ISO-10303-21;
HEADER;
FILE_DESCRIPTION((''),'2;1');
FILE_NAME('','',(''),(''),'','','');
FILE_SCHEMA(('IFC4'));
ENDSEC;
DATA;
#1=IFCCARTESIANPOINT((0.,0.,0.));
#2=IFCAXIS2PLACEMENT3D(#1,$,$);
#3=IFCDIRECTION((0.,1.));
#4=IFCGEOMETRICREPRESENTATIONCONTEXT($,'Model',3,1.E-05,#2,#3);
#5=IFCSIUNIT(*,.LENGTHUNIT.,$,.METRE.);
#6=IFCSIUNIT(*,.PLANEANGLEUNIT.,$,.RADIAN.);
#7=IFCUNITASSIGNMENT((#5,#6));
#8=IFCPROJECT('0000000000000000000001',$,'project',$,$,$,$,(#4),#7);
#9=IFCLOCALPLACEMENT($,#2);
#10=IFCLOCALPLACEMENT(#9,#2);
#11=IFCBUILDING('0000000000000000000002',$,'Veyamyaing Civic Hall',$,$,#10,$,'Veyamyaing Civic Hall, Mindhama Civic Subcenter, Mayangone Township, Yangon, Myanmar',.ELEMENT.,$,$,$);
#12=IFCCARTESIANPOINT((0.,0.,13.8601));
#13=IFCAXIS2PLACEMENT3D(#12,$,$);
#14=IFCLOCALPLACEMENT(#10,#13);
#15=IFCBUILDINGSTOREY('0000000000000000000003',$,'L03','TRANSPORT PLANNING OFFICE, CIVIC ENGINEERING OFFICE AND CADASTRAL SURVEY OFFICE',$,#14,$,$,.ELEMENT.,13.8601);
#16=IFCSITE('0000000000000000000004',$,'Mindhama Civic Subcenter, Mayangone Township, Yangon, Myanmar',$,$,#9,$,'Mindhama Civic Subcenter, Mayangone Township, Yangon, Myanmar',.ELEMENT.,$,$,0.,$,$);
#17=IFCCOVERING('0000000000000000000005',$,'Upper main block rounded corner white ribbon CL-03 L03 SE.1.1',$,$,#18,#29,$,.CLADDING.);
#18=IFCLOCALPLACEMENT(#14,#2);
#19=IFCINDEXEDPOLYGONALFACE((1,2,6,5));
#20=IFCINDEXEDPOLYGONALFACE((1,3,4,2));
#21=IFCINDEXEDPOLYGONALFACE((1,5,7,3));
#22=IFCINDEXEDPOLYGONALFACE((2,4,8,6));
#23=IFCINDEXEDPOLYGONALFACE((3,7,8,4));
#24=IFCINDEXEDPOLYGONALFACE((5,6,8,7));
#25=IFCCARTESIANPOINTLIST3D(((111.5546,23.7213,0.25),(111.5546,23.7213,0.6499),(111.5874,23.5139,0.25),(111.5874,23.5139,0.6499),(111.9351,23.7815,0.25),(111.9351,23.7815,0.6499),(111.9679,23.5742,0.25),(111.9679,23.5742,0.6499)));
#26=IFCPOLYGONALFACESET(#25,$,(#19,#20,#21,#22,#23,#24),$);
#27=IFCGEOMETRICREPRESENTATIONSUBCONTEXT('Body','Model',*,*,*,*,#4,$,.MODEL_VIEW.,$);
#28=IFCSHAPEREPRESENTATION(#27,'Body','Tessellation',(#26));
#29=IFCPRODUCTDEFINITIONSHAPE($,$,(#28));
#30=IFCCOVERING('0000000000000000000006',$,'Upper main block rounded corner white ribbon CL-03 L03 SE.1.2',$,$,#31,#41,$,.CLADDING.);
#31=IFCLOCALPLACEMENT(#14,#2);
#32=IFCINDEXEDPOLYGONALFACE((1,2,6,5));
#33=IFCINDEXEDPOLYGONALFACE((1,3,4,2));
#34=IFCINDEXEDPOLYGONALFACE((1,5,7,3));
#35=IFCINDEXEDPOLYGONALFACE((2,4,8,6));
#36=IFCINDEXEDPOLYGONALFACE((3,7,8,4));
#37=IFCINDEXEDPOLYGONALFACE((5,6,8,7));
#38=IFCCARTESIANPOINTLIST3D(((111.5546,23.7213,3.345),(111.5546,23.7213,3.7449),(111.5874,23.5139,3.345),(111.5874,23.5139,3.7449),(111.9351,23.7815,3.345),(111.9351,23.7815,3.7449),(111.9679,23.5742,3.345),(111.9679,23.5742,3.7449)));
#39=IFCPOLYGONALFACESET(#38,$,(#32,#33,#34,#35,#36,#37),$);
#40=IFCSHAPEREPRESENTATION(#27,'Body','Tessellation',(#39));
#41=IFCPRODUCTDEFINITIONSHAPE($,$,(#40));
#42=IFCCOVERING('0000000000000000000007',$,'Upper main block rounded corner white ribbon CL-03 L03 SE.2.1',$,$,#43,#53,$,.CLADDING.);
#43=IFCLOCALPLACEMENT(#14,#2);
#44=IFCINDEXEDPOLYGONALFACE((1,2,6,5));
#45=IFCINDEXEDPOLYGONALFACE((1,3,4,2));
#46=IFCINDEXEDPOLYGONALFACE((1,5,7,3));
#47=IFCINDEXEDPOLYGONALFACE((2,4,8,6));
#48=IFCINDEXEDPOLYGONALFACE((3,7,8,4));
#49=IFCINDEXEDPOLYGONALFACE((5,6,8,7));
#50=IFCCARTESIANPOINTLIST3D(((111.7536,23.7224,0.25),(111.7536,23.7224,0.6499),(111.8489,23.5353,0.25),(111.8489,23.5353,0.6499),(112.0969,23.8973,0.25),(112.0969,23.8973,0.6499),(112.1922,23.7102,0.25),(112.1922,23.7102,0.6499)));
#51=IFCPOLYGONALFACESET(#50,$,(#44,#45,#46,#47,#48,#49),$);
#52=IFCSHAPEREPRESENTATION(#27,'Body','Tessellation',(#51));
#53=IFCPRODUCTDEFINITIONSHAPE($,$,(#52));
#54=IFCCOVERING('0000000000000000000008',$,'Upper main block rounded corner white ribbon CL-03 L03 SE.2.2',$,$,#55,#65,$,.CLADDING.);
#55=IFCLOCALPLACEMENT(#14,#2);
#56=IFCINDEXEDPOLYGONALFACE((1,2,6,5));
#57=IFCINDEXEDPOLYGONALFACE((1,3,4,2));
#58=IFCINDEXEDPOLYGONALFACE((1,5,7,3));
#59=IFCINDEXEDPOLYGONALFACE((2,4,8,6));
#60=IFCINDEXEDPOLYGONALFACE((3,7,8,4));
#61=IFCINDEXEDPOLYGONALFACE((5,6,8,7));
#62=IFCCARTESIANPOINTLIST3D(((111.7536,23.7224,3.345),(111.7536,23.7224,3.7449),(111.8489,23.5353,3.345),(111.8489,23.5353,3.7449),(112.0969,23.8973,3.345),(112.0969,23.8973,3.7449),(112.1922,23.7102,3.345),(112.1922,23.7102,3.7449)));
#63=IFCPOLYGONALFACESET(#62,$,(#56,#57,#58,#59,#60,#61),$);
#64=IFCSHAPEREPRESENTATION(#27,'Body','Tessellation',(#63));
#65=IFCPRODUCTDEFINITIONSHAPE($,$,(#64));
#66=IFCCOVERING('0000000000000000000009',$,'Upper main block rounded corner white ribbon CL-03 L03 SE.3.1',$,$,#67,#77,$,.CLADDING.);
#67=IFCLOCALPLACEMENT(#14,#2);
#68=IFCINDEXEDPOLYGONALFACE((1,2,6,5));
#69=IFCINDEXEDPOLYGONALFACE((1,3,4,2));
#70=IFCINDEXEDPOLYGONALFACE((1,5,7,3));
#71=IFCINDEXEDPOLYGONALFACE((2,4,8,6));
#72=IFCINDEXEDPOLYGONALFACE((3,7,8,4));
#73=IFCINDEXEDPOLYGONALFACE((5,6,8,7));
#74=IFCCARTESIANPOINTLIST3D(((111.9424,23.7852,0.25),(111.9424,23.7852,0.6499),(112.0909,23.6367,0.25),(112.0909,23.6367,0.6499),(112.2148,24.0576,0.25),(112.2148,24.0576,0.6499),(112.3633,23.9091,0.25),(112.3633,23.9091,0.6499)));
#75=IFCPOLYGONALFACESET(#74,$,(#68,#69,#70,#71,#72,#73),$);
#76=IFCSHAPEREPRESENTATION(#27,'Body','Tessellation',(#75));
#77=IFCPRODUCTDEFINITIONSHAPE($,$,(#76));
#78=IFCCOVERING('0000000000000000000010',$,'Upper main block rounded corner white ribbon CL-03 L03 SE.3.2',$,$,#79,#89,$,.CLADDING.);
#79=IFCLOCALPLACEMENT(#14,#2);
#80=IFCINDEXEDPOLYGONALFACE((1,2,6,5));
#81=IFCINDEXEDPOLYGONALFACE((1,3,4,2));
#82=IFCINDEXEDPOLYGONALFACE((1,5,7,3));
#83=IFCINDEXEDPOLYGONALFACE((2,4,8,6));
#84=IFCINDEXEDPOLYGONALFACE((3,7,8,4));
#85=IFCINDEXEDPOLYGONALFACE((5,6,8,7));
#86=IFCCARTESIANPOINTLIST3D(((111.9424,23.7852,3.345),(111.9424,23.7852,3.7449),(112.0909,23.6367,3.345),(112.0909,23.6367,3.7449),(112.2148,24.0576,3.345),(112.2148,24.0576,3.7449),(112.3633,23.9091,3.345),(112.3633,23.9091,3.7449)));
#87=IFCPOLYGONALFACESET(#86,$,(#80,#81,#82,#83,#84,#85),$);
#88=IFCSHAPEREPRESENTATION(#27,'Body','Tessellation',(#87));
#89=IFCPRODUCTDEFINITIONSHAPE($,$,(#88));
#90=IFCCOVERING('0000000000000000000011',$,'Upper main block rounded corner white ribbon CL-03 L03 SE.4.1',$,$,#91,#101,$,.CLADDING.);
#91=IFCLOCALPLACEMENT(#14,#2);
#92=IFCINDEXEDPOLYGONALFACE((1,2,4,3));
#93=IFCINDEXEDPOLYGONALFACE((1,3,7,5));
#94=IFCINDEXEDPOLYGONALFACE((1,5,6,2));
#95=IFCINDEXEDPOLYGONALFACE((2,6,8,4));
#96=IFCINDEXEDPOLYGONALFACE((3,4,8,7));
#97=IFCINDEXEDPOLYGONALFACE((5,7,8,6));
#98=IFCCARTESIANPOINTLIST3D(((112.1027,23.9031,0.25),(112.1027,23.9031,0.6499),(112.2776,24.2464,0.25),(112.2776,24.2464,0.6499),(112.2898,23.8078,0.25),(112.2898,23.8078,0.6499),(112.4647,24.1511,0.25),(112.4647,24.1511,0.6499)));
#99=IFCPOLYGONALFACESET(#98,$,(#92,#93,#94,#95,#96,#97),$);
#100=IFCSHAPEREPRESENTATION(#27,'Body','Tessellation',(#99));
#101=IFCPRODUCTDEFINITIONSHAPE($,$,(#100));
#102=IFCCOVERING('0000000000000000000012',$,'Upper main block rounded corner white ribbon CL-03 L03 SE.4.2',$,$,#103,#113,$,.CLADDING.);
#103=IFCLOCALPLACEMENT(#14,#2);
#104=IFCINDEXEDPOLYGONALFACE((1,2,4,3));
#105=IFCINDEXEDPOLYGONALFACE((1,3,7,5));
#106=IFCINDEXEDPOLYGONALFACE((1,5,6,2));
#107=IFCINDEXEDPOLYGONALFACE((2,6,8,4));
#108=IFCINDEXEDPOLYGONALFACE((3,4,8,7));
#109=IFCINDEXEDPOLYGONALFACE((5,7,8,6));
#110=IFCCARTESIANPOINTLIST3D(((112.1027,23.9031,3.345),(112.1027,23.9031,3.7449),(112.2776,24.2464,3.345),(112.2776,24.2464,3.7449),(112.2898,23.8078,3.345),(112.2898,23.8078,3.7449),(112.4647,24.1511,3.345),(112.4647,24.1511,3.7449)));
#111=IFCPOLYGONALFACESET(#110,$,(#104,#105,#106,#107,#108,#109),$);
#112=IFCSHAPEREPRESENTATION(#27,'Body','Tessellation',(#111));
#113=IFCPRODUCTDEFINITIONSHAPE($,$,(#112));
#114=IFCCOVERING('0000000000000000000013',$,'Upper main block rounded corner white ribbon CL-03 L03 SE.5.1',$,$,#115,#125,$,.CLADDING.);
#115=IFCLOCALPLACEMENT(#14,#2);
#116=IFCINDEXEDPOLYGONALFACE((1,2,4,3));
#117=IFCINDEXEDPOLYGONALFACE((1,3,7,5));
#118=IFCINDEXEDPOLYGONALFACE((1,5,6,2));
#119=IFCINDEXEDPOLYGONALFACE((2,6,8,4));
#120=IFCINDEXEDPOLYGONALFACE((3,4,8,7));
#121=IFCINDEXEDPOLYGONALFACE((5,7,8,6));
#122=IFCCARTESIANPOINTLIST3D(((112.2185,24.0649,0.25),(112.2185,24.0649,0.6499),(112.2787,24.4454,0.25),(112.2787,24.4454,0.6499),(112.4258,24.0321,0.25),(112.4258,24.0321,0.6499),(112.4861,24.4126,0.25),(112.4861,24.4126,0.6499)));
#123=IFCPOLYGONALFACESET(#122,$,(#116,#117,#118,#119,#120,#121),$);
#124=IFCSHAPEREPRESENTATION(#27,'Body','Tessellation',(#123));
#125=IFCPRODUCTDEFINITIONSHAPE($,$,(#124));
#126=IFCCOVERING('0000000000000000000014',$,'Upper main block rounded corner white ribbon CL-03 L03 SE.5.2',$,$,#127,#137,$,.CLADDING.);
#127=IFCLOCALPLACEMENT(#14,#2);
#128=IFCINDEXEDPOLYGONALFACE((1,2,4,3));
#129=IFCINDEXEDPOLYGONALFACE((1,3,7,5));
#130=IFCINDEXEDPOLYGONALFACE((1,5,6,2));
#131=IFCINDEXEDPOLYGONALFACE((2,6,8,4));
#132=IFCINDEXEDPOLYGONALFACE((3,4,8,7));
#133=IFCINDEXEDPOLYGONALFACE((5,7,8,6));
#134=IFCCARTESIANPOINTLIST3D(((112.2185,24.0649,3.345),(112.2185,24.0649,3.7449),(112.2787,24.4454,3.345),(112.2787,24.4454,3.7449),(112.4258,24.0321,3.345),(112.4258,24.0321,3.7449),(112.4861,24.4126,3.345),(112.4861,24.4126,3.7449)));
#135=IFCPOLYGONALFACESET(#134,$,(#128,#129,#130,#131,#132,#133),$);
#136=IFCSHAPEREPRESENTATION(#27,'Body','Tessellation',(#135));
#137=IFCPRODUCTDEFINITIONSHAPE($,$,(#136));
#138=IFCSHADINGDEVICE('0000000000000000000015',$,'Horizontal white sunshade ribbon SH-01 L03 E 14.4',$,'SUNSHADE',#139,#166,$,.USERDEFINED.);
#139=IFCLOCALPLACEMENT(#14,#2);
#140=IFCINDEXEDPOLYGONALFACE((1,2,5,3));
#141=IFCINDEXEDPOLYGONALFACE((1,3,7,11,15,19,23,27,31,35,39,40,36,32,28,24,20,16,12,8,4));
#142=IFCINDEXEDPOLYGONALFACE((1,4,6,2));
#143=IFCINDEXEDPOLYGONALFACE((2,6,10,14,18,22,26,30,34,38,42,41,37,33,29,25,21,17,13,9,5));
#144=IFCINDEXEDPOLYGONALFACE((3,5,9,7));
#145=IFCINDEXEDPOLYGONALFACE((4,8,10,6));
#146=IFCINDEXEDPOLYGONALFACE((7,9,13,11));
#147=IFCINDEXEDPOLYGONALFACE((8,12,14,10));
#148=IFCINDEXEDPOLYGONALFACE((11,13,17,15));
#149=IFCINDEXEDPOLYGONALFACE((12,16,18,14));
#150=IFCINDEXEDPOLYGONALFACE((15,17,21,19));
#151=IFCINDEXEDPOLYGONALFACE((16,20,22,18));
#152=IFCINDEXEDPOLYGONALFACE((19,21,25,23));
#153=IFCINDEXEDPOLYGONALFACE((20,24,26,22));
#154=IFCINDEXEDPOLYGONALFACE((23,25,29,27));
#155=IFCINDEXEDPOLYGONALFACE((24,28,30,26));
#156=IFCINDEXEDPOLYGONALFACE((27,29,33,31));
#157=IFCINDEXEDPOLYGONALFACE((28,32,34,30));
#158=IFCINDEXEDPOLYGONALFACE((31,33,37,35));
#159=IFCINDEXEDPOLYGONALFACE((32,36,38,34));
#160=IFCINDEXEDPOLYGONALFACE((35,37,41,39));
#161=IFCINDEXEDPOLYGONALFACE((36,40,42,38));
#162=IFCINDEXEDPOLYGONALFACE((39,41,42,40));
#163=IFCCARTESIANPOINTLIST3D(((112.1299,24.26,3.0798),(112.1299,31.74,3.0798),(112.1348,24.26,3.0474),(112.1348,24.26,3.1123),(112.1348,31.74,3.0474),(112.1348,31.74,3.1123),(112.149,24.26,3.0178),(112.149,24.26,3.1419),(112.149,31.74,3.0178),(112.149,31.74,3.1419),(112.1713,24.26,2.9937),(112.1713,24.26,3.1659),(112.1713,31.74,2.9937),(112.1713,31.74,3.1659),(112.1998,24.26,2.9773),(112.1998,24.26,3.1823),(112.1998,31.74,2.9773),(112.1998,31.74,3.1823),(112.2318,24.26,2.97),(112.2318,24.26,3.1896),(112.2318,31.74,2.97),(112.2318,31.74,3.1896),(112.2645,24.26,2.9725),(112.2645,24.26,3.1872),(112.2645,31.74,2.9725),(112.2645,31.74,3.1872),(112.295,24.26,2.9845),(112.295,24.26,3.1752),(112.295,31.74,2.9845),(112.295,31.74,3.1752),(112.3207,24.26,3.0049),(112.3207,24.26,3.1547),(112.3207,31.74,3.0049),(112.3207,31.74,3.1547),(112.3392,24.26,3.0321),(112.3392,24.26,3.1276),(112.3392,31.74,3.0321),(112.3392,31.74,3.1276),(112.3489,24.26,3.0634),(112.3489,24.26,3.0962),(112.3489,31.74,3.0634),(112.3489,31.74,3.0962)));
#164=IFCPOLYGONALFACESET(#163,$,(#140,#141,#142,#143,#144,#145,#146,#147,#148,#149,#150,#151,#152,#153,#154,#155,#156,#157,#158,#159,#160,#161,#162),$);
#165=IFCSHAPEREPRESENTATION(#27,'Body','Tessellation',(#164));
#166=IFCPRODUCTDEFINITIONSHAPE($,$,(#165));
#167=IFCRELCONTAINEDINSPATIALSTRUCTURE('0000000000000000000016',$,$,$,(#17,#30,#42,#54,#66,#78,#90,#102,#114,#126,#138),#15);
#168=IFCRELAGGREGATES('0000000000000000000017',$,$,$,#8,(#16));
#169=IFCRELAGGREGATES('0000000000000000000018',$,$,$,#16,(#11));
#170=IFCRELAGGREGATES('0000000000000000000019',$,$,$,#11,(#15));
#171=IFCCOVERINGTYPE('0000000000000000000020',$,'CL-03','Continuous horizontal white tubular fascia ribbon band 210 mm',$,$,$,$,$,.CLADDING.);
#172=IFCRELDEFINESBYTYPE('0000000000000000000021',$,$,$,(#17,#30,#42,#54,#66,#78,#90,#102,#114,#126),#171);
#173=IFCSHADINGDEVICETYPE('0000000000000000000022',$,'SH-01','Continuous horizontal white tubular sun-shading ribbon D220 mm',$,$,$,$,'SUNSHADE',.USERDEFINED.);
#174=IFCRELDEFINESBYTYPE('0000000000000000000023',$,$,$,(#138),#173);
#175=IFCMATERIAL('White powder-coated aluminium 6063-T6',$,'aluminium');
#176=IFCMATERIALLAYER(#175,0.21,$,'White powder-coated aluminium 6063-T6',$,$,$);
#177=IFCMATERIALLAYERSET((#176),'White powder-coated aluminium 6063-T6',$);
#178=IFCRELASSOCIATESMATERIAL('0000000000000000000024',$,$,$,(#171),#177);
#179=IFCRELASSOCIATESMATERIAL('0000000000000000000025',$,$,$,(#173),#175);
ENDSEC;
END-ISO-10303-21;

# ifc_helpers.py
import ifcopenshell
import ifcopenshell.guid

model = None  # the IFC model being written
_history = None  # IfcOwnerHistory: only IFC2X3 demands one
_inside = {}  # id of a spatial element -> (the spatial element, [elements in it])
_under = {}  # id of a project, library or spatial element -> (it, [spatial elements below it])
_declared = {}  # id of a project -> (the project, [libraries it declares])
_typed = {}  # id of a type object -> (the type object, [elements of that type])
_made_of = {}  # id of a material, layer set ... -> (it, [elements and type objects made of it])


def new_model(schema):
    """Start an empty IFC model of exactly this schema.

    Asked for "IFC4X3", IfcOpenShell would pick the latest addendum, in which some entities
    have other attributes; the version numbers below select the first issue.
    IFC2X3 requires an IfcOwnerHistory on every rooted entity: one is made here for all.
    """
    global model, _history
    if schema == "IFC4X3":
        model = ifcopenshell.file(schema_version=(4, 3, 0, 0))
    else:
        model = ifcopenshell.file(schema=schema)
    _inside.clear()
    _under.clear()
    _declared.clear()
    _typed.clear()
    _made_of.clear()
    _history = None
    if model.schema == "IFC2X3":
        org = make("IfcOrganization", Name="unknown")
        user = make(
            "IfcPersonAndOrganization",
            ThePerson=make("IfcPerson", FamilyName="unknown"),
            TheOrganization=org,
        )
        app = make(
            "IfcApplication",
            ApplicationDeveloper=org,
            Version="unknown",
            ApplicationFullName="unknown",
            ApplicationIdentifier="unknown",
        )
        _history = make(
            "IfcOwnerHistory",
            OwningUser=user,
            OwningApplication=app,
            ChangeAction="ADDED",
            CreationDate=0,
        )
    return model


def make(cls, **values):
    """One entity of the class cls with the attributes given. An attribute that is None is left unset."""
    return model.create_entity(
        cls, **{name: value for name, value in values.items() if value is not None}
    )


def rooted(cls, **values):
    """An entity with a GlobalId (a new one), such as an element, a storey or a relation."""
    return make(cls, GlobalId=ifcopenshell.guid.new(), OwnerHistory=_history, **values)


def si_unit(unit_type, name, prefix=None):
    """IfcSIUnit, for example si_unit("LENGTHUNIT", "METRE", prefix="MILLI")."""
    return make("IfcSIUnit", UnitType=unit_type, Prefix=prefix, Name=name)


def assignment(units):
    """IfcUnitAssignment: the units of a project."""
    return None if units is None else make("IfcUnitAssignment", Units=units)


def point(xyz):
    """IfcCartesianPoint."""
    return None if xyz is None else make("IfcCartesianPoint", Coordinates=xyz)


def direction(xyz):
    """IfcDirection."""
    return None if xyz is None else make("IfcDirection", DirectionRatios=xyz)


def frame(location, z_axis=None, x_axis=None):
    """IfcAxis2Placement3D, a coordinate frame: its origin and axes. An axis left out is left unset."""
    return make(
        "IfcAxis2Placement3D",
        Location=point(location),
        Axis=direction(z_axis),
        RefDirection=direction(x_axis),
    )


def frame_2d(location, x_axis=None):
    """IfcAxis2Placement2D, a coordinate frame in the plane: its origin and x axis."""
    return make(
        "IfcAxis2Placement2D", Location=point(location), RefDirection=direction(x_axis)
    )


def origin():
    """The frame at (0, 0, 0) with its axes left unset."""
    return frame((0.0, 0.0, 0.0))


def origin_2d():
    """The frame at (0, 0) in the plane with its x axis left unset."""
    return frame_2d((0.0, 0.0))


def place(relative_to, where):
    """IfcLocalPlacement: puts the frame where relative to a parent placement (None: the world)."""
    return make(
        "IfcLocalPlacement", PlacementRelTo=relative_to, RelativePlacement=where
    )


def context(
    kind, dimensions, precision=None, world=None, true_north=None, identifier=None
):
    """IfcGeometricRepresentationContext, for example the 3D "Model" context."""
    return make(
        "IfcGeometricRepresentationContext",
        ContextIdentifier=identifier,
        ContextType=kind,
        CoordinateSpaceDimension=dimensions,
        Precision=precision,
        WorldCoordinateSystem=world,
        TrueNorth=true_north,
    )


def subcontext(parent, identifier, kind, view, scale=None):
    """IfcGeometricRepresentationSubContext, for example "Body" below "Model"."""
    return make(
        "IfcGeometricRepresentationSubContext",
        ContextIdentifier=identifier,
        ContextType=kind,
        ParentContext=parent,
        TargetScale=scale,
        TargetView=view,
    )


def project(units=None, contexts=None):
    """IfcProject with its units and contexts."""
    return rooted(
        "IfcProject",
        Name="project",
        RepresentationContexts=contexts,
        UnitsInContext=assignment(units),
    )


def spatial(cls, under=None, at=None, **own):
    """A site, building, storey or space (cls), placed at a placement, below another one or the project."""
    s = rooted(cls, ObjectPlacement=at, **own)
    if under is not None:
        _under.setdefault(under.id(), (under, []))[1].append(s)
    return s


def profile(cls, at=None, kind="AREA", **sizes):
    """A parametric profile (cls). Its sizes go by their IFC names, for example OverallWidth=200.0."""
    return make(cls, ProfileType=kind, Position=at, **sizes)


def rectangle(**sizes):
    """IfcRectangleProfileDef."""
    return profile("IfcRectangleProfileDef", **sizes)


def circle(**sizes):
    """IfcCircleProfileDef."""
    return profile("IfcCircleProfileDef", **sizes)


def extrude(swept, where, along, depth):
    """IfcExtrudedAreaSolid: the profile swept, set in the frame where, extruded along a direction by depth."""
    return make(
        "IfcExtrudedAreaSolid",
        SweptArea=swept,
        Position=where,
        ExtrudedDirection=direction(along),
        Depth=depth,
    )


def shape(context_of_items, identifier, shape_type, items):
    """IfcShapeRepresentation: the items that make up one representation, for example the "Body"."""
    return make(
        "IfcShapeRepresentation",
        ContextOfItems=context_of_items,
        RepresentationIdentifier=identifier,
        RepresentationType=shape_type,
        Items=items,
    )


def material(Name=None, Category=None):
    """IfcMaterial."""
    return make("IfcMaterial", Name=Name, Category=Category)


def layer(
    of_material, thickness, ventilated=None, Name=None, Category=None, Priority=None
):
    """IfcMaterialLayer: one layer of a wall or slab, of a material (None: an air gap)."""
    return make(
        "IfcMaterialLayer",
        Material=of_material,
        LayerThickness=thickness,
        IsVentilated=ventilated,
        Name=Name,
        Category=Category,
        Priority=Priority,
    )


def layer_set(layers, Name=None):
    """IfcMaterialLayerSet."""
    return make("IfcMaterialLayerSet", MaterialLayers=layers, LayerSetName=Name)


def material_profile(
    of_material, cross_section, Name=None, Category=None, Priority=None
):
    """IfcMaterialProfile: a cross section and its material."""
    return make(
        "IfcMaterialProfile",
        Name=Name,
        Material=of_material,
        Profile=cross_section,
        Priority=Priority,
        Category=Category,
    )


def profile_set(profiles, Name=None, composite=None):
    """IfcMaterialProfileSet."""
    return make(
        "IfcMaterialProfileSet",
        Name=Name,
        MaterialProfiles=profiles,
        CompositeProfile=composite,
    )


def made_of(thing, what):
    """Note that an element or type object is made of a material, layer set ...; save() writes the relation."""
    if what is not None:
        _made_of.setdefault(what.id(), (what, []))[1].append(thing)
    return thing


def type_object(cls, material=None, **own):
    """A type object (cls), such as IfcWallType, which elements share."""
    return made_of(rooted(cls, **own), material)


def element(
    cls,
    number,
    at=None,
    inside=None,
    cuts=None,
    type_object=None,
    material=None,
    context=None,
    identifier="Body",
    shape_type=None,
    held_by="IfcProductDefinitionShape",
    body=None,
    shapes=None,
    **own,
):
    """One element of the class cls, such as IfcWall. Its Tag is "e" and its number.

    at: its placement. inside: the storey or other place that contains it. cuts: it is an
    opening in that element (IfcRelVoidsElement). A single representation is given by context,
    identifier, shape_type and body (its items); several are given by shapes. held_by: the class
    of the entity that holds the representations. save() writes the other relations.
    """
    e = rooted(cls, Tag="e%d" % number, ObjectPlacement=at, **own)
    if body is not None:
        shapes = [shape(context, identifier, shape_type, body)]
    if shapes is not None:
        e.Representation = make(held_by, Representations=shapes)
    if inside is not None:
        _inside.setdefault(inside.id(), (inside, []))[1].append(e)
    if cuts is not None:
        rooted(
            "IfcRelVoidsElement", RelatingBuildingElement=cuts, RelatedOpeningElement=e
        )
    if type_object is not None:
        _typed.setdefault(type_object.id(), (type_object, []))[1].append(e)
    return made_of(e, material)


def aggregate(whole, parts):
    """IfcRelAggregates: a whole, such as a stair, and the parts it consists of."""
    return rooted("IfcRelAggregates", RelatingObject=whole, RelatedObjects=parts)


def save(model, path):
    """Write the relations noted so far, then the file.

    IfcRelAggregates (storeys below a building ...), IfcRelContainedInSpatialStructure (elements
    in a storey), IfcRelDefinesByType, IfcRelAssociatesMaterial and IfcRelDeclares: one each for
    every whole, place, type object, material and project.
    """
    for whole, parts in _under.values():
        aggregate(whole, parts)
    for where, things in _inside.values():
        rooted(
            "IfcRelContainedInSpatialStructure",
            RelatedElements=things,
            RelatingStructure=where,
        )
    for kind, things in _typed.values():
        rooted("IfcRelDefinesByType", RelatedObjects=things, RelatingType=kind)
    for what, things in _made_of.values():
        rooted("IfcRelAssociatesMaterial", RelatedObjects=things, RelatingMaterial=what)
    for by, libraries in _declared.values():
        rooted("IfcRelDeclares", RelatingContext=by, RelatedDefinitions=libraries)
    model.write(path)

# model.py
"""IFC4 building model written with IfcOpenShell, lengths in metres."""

from ifc_helpers import new_model, si_unit, direction, frame, origin, origin_2d, place, context, subcontext, project, spatial, rectangle, circle, extrude, material, layer, layer_set, material_profile, profile_set, type_object, element, save


model = new_model("IFC4")

# Units and contexts
model_context = context("Model", 3, precision=1e-05, world=origin(), true_north=direction((0.0, 1.0)))
body_context = subcontext(model_context, "Body", "Model", "MODEL_VIEW")
ifc_project = project(units=[si_unit("LENGTHUNIT", "METRE"), si_unit("PLANEANGLEUNIT", "RADIAN")], contexts=[model_context])

# Site, building, storey
site_placement = place(None, origin())
site = spatial("IfcSite", under=ifc_project, at=site_placement, Name="Mindhama Civic Subcenter, Mayangone Township, Yangon, Myanmar", LongName="Mindhama Civic Subcenter, Mayangone Township, Yangon, Myanmar", CompositionType="ELEMENT", RefElevation=0.0)
building_placement = place(site_placement, origin())
building = spatial("IfcBuilding", under=site, at=building_placement, Name="Veyamyaing Civic Hall", LongName="Veyamyaing Civic Hall, Mindhama Civic Subcenter, Mayangone Township, Yangon, Myanmar", CompositionType="ELEMENT")
storey_placement = place(building_placement, frame((0.0, 0.0, 13.8601)))
storey = spatial("IfcBuildingStorey", under=building, at=storey_placement, Name="L03", Description="TRANSPORT PLANNING OFFICE, CIVIC ENGINEERING OFFICE AND CADASTRAL SURVEY OFFICE", CompositionType="ELEMENT", Elevation=13.8601)

# Coverings
ifc_material_1 = material(Name="White powder-coated aluminium 6063-T6", Category="aluminium")
ifc_layer_1 = layer(ifc_material_1, 0.21, Name="White powder-coated aluminium 6063-T6")
ifc_layer_set_1 = layer_set([ifc_layer_1], Name="White powder-coated aluminium 6063-T6")
covering_type = type_object("IfcCoveringType", Name="CL-03", Description="Continuous horizontal white tubular fascia ribbon band 210 mm", PredefinedType="CLADDING", material=ifc_layer_set_1)
for number, where, z_axis, x_axis, name in (
    (1, (111.7612, 23.6477, 0.25), (0.0, 0.0, 1.0), (0.987688, 0.156434, 0.0), "Upper main block rounded corner white ribbon CL-03 L03 SE.1.1"),
    (2, (111.7612, 23.6477, 3.345), (0.0, 0.0, 1.0), (0.987688, 0.156434, 0.0), "Upper main block rounded corner white ribbon CL-03 L03 SE.1.2"),
    (3, (111.9729, 23.7163, 0.25), (0.0, 0.0, 1.0), (0.891007, 0.45399, 0.0), "Upper main block rounded corner white ribbon CL-03 L03 SE.2.1"),
    (4, (111.9729, 23.7163, 3.345), (0.0, 0.0, 1.0), (0.891007, 0.45399, 0.0), "Upper main block rounded corner white ribbon CL-03 L03 SE.2.2"),
    (5, (112.1528, 23.8472, 0.25), (0.0, 0.0, 1.0), (0.707107, 0.707107, 0.0), "Upper main block rounded corner white ribbon CL-03 L03 SE.3.1"),
    (6, (112.1528, 23.8472, 3.345), (0.0, 0.0, 1.0), (0.707107, 0.707107, 0.0), "Upper main block rounded corner white ribbon CL-03 L03 SE.3.2"),
    (7, (112.2837, 24.0271, 0.25), (0.0, 0.0, 1.0), (0.45399, 0.891007, 0.0), "Upper main block rounded corner white ribbon CL-03 L03 SE.4.1"),
    (8, (112.2837, 24.0271, 3.345), (0.0, 0.0, 1.0), (0.45399, 0.891007, 0.0), "Upper main block rounded corner white ribbon CL-03 L03 SE.4.2"),
    (9, (112.3523, 24.2388, 0.25), (0.0, 0.0, 1.0), (0.156434, 0.987688, 0.0), "Upper main block rounded corner white ribbon CL-03 L03 SE.5.1"),
    (10, (112.3523, 24.2388, 3.345), (0.0, 0.0, 1.0), (0.156434, 0.987688, 0.0), "Upper main block rounded corner white ribbon CL-03 L03 SE.5.2"),
):
    element("IfcCovering", number, at=place(storey_placement, frame(where, z_axis=z_axis, x_axis=x_axis)), inside=storey, type_object=covering_type, Name=name, PredefinedType="CLADDING", context=body_context, shape_type="SweptSolid", body=[
        extrude(rectangle(XDim=0.3853, YDim=0.21, at=origin_2d()), origin(), (0.0, 0.0, 1.0), 0.3999),
    ])

# Shading device
ifc_material_profile_1 = material_profile(ifc_material_1, circle(Radius=0.1101, at=origin_2d()), Name="SHADE-TUBE-220")
ifc_profile_set_1 = profile_set([ifc_material_profile_1], Name="White powder-coated aluminium 6063-T6")
shading_device_type = type_object("IfcShadingDeviceType", Name="SH-01", Description="Continuous horizontal white tubular sun-shading ribbon D220 mm", ElementType="SUNSHADE", PredefinedType="USERDEFINED", material=ifc_profile_set_1)
shading_device_placement = place(storey_placement, frame((112.24, 24.26, 3.0798), z_axis=(0.0, 1.0, 0.0), x_axis=(-1.0, 0.0, 0.0)))
element("IfcShadingDevice", 11, at=shading_device_placement, inside=storey, type_object=shading_device_type, Name="Horizontal white sunshade ribbon SH-01 L03 E 14.4", ObjectType="SUNSHADE", PredefinedType="USERDEFINED", context=body_context, shape_type="SweptSolid", body=[
    extrude(circle(Radius=0.1101, at=origin_2d()), origin(), (0.0, 0.0, 1.0), 7.48),
])

save(model, "model.ifc")
